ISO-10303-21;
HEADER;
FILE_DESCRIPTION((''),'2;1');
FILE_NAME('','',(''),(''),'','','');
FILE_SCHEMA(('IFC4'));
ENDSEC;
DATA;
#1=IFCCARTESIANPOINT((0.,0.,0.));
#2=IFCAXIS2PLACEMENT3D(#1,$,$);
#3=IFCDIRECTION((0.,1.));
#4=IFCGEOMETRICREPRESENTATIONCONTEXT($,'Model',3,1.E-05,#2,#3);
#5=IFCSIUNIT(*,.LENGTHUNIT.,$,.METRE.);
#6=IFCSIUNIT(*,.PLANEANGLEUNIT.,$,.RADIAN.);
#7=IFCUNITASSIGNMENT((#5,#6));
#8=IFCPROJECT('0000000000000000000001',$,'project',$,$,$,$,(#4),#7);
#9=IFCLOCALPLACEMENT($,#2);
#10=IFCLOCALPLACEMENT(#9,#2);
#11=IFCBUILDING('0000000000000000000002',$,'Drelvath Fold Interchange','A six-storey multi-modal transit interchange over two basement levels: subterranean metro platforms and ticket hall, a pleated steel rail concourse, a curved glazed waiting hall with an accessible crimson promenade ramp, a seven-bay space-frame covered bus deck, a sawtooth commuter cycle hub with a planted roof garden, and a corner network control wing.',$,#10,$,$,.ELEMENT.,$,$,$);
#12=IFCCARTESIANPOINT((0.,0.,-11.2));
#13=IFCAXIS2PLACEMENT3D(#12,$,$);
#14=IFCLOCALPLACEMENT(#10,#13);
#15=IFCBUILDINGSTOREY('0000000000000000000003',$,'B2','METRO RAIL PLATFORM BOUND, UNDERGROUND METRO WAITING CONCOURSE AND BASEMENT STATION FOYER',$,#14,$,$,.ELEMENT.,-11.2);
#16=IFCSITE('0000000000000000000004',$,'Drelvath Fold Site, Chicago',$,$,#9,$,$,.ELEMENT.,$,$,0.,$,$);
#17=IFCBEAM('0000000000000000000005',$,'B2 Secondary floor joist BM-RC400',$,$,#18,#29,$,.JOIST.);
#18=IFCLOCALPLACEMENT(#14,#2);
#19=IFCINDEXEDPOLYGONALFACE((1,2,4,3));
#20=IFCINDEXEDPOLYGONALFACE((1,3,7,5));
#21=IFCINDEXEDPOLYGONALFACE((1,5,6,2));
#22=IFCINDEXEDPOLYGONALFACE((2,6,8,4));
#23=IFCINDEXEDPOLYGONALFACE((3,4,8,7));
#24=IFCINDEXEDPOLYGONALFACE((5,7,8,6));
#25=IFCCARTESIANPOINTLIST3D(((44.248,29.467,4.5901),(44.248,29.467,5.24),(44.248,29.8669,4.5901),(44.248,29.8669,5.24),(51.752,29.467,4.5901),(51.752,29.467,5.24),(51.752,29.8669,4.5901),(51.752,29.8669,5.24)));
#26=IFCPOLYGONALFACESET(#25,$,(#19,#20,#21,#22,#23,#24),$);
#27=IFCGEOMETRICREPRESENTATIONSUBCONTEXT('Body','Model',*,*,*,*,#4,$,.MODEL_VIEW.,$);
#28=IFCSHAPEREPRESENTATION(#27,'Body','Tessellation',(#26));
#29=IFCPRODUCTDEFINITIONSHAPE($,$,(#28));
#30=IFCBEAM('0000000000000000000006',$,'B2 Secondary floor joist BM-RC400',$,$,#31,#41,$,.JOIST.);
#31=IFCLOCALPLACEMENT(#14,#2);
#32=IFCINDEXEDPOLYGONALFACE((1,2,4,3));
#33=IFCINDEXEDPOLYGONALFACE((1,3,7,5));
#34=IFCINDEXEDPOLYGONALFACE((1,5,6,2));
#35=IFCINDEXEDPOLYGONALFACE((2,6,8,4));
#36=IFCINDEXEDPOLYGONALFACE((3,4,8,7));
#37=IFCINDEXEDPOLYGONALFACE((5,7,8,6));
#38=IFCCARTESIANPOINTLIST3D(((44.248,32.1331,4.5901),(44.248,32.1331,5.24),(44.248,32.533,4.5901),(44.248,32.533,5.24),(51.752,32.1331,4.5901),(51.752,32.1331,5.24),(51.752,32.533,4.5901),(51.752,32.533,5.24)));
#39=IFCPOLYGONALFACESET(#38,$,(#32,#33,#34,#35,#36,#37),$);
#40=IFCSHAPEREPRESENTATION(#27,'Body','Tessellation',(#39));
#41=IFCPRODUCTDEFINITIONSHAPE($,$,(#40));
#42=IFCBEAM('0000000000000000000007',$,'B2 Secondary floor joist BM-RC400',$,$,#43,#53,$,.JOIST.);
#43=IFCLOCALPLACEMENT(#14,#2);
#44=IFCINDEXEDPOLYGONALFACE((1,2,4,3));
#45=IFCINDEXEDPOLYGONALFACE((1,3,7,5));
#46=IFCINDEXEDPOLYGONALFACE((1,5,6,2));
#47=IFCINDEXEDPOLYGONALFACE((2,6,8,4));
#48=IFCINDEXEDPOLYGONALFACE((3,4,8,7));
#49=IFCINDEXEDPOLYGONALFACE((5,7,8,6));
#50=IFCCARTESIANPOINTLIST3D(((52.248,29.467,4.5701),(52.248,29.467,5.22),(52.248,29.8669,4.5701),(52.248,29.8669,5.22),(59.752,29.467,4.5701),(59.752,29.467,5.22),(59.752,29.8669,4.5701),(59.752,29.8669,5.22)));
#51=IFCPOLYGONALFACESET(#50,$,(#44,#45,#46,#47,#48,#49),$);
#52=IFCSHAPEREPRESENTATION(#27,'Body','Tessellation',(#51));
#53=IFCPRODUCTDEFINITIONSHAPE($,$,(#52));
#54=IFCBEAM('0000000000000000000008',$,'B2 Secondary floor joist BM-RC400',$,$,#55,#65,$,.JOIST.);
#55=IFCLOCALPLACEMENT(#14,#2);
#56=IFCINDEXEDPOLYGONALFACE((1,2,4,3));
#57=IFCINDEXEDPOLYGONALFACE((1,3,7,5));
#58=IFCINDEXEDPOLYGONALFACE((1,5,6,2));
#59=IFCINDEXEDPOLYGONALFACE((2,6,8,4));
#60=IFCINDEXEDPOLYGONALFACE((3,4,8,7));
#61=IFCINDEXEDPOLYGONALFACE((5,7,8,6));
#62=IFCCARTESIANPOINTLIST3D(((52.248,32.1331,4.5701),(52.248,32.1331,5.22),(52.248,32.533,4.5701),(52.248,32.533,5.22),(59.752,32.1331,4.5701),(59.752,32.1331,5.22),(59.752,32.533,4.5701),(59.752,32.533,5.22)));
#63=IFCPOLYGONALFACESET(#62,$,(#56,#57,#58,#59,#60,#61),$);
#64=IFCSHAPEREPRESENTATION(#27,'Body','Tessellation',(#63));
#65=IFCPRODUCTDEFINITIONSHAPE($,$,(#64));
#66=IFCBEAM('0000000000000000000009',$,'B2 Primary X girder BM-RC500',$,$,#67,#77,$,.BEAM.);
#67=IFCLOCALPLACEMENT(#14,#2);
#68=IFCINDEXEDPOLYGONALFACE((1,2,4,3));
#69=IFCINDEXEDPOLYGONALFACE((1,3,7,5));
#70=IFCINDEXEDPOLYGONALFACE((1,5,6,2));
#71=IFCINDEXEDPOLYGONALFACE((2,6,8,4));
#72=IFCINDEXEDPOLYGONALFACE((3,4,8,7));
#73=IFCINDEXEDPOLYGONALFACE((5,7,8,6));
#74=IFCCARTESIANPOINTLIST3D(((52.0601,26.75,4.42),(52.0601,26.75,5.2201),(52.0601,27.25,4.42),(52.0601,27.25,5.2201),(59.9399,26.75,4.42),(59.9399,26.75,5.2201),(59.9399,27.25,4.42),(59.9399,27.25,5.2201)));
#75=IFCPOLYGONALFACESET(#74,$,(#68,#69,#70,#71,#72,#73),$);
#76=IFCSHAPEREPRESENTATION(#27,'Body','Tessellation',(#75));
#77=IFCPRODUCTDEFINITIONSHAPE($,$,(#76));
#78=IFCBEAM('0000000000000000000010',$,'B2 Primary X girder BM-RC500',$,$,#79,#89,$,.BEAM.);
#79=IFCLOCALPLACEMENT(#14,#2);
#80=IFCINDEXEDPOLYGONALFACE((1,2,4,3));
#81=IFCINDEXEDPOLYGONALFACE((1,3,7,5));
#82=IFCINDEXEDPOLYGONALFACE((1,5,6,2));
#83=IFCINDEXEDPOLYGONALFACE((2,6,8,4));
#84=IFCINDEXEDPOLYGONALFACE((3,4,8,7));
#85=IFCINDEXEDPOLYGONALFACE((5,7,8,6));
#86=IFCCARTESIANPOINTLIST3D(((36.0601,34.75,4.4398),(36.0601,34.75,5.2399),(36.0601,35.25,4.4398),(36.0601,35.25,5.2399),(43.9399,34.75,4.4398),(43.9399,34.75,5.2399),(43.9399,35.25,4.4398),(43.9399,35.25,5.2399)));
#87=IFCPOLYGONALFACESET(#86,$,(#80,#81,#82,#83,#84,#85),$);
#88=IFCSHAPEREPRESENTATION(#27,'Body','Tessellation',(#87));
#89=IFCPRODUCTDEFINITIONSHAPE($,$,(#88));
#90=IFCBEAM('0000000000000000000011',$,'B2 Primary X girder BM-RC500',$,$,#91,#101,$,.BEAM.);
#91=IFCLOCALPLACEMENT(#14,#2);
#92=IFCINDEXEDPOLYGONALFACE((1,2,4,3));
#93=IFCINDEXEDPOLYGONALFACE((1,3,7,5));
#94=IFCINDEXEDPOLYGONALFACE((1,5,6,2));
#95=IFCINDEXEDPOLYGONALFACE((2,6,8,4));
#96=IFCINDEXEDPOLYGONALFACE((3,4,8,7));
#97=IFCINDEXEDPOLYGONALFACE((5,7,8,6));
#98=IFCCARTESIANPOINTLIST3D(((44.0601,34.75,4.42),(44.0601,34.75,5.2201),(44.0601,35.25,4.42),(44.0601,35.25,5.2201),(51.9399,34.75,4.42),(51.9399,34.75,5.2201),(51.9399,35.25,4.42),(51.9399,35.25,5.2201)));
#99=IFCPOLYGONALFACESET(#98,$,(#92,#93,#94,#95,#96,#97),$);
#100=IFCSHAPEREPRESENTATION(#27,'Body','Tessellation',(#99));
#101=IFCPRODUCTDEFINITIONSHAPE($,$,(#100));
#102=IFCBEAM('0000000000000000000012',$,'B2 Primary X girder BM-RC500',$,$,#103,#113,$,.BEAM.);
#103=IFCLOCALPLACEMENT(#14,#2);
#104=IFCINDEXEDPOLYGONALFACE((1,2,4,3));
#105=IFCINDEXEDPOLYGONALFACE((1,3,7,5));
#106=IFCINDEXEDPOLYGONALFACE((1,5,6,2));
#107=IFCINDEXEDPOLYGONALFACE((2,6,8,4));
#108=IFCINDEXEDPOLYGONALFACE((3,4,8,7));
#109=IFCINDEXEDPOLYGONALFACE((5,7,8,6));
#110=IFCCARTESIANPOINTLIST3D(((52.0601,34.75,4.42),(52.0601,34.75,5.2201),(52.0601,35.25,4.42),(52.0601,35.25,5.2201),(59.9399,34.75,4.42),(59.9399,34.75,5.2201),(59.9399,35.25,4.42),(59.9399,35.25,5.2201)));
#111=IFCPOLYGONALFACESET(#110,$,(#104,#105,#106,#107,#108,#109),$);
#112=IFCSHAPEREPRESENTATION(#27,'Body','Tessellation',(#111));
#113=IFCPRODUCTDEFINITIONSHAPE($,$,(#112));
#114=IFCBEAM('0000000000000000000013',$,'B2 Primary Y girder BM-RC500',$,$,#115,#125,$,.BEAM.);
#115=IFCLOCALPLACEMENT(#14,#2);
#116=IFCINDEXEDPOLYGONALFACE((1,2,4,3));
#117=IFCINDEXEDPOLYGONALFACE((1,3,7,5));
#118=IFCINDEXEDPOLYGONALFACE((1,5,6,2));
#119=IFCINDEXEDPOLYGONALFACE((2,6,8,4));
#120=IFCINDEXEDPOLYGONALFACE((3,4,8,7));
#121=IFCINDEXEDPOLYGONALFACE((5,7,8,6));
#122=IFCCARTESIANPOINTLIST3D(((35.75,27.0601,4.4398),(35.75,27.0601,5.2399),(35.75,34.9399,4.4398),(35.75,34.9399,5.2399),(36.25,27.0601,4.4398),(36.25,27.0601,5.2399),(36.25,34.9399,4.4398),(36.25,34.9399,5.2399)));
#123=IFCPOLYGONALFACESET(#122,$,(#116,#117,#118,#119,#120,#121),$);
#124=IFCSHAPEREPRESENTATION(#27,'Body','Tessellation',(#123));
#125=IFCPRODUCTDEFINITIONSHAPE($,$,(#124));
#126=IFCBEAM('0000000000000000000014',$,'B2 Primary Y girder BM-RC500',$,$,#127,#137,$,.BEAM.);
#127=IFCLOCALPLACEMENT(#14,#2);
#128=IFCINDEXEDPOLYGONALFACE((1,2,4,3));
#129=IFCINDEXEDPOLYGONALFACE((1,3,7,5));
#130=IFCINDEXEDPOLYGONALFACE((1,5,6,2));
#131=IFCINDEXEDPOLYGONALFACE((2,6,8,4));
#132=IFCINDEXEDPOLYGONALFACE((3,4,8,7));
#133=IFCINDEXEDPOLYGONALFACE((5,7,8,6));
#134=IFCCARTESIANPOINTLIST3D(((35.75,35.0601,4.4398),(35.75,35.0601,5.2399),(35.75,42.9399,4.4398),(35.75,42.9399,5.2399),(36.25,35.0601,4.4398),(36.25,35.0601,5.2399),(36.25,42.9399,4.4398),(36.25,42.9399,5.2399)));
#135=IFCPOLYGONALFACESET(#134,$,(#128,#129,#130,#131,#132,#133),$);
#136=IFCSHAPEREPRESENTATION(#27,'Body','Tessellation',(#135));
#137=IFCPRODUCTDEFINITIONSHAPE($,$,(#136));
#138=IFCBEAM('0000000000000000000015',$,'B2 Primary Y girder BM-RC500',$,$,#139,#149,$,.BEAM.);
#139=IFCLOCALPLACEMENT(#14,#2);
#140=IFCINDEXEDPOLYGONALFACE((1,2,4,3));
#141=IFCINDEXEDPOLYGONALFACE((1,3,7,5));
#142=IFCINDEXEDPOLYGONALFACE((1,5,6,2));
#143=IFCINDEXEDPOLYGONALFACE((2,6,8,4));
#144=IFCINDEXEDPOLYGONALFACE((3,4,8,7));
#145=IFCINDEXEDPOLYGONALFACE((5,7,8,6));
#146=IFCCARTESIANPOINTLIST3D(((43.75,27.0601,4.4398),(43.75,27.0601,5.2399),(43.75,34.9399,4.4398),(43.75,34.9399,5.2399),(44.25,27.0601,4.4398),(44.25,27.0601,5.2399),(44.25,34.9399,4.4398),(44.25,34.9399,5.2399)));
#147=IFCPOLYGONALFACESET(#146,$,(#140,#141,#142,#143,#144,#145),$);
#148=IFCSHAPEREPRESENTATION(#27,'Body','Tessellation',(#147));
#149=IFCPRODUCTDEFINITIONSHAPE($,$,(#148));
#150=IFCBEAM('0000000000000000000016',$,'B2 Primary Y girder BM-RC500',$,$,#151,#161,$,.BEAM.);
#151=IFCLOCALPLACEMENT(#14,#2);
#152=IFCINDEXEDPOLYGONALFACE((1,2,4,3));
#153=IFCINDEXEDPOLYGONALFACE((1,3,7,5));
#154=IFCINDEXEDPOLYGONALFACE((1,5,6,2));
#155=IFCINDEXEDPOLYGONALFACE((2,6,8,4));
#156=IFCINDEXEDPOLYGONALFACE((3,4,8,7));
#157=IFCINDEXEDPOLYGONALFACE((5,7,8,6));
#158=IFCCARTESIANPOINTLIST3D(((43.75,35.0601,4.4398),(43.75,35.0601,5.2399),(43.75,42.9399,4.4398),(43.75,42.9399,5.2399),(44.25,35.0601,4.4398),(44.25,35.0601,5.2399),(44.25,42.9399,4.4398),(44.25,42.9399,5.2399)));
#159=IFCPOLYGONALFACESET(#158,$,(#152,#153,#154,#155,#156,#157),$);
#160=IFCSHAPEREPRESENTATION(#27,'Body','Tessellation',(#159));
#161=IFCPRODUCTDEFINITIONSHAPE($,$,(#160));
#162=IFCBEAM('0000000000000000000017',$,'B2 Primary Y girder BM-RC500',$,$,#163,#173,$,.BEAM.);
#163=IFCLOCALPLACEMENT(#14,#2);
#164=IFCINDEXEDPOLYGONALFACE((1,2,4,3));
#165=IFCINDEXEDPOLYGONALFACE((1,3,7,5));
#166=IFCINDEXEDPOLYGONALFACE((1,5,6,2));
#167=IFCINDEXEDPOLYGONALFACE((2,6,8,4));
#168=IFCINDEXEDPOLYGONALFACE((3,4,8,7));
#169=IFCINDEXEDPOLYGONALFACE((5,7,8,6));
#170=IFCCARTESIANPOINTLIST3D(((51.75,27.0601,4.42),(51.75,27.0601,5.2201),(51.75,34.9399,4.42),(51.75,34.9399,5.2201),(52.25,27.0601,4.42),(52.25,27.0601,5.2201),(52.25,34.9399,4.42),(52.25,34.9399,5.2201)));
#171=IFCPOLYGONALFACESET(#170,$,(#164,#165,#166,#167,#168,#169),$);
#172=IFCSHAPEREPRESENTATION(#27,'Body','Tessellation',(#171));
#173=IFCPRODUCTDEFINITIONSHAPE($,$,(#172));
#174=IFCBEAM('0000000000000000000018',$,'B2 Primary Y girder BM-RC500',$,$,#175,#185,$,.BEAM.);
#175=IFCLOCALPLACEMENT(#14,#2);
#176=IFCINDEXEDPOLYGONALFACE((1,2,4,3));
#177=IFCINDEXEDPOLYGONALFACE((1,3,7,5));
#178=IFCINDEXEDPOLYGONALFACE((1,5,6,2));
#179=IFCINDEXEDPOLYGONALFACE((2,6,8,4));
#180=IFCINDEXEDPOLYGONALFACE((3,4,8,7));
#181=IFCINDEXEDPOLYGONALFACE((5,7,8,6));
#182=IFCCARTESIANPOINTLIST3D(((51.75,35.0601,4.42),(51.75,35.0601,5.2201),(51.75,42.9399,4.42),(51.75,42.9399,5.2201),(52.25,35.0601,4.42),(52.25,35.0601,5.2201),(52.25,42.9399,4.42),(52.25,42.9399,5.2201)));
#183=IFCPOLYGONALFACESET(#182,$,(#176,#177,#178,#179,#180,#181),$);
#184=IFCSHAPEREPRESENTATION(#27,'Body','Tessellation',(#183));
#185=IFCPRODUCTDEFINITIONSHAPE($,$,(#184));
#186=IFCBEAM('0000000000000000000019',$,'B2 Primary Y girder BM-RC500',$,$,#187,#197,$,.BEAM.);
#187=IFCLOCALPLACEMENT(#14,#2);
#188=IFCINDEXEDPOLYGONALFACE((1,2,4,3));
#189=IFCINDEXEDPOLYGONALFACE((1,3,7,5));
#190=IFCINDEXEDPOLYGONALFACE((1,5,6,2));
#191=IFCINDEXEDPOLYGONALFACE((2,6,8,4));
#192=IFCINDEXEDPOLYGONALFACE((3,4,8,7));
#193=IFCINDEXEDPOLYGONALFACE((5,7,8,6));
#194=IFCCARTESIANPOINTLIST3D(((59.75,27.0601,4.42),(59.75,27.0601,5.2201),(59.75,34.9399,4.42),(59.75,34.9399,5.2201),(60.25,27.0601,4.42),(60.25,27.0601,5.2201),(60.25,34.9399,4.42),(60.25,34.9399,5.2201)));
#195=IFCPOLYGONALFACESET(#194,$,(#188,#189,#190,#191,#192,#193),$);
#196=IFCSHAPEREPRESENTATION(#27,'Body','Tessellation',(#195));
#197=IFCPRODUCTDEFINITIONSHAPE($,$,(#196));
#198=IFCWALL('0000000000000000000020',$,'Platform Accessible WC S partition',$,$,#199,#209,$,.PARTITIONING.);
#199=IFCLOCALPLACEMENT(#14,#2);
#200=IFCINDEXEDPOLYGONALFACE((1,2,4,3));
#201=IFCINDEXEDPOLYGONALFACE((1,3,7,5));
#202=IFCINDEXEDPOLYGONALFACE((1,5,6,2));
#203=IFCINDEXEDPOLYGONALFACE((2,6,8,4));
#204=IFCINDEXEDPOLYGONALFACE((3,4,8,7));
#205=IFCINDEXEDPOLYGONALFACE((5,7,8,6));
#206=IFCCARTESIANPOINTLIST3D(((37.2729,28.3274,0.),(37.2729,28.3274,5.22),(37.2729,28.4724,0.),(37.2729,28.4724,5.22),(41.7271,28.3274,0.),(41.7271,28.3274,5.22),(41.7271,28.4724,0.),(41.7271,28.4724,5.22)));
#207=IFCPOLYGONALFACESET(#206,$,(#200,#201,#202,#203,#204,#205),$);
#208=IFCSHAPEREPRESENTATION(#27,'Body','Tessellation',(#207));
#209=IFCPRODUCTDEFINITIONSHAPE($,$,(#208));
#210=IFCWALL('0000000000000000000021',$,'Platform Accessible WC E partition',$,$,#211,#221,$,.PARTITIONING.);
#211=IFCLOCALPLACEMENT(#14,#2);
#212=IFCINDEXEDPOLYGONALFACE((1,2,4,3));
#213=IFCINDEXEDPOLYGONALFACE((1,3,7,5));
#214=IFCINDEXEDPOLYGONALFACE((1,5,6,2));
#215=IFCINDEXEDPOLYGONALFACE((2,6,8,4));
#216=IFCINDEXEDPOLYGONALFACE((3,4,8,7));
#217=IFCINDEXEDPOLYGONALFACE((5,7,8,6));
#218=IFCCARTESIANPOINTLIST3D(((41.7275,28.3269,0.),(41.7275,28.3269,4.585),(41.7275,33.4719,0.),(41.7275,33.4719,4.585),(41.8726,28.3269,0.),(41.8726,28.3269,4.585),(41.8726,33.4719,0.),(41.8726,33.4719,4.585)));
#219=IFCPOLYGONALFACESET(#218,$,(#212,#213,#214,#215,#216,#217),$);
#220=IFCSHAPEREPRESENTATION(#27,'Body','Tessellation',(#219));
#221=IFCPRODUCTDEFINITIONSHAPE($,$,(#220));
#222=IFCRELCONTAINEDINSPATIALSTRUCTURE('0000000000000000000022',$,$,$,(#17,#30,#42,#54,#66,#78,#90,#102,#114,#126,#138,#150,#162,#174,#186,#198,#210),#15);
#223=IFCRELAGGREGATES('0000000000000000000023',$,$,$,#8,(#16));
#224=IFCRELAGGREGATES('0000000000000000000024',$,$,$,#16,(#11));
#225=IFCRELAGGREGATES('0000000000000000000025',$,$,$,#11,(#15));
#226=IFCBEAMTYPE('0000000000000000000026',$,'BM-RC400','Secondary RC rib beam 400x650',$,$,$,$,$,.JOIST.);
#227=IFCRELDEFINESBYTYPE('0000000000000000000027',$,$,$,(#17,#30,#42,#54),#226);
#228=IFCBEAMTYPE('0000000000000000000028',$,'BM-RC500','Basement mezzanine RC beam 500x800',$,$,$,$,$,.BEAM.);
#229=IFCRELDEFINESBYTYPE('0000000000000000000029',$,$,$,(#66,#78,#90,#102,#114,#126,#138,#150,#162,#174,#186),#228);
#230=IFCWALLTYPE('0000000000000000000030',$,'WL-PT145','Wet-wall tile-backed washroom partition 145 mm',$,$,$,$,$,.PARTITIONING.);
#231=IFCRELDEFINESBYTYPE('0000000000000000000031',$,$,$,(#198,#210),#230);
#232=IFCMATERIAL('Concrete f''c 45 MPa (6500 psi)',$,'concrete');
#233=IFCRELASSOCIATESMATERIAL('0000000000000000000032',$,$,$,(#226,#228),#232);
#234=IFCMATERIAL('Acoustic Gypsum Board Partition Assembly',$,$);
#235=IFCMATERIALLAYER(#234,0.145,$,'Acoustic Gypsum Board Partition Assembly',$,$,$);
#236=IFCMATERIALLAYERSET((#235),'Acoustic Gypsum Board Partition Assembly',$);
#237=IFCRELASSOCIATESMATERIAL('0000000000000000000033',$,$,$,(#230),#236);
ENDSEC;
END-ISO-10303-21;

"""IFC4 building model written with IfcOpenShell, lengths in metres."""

from ifc_helpers import new_model, si_unit, direction, frame, frame_2d, origin, origin_2d, place, context, subcontext, project, spatial, rectangle, extrude, material, layer, layer_set, material_profile, profile_set, type_object, element, save


model = new_model("IFC4")

# Units and contexts
model_context = context("Model", 3, precision=1e-05, world=origin(), true_north=direction((0.0, 1.0)))
body_context = subcontext(model_context, "Body", "Model", "MODEL_VIEW")
ifc_project = project(units=[si_unit("LENGTHUNIT", "METRE"), si_unit("PLANEANGLEUNIT", "RADIAN")], contexts=[model_context])

# Site, building, storey
site_placement = place(None, origin())
site = spatial("IfcSite", under=ifc_project, at=site_placement, Name="Drelvath Fold Site, Chicago", CompositionType="ELEMENT", RefElevation=0.0)
building_placement = place(site_placement, origin())
building = spatial("IfcBuilding", under=site, at=building_placement, Name="Drelvath Fold Interchange", Description="A six-storey multi-modal transit interchange over two basement levels: subterranean metro platforms and ticket hall, a pleated steel rail concourse, a curved glazed waiting hall with an accessible crimson promenade ramp, a seven-bay space-frame covered bus deck, a sawtooth commuter cycle hub with a planted roof garden, and a corner network control wing.", CompositionType="ELEMENT")
storey_placement = place(building_placement, frame((0.0, 0.0, -11.2)))
storey = spatial("IfcBuildingStorey", under=building, at=storey_placement, Name="B2", Description="METRO RAIL PLATFORM BOUND, UNDERGROUND METRO WAITING CONCOURSE AND BASEMENT STATION FOYER", CompositionType="ELEMENT", Elevation=-11.2)

# Beams
ifc_material_1 = material(Name="Concrete f'c 45 MPa (6500 psi)", Category="concrete")
ifc_material_profile_1 = material_profile(ifc_material_1, rectangle(XDim=0.3999, YDim=0.6499, at=origin_2d()), Name="RC 400x650")
ifc_profile_set_1 = profile_set([ifc_material_profile_1], Name="Concrete f'c 45 MPa (6500 psi)")
beam_type_1 = type_object("IfcBeamType", Name="BM-RC400", Description="Secondary RC rib beam 400x650", PredefinedType="JOIST", material=ifc_profile_set_1)
for number, where, z_axis, x_axis, name in (
    (1, (44.248, 29.667, 4.915), (1.0, 0.0, 0.0), (0.0, 1.0, 0.0), "B2 Secondary floor joist BM-RC400"),
    (2, (44.248, 32.333, 4.915), (1.0, 0.0, 0.0), (0.0, 1.0, 0.0), "B2 Secondary floor joist BM-RC400"),
    (3, (52.248, 29.667, 4.895), (1.0, 0.0, 0.0), (0.0, 1.0, 0.0), "B2 Secondary floor joist BM-RC400"),
    (4, (52.248, 32.333, 4.895), (1.0, 0.0, 0.0), (0.0, 1.0, 0.0), "B2 Secondary floor joist BM-RC400"),
):
    element("IfcBeam", number, at=place(storey_placement, frame(where, z_axis=z_axis, x_axis=x_axis)), inside=storey, type_object=beam_type_1, Name=name, PredefinedType="JOIST", context=body_context, shape_type="SweptSolid", body=[
        extrude(rectangle(XDim=0.3999, YDim=0.6499, at=origin_2d()), origin(), (0.0, 0.0, 1.0), 7.5039),
    ])
ifc_material_profile_2 = material_profile(ifc_material_1, rectangle(XDim=0.5, YDim=0.8, at=origin_2d()), Name="RC 500x800")
ifc_profile_set_2 = profile_set([ifc_material_profile_2], Name="Concrete f'c 45 MPa (6500 psi)")
beam_type_2 = type_object("IfcBeamType", Name="BM-RC500", Description="Basement mezzanine RC beam 500x800", PredefinedType="BEAM", material=ifc_profile_set_2)
for number, where, z_axis, x_axis, name in (
    (5, (52.0601, 27.0, 4.8201), (1.0, 0.0, 0.0), (0.0, 1.0, 0.0), "B2 Primary X girder BM-RC500"),
    (6, (36.0601, 35.0, 4.8398), (1.0, 0.0, 0.0), (0.0, 1.0, 0.0), "B2 Primary X girder BM-RC500"),
    (7, (44.0601, 35.0, 4.8201), (1.0, 0.0, 0.0), (0.0, 1.0, 0.0), "B2 Primary X girder BM-RC500"),
    (8, (52.0601, 35.0, 4.8201), (1.0, 0.0, 0.0), (0.0, 1.0, 0.0), "B2 Primary X girder BM-RC500"),
    (9, (36.0, 27.0601, 4.8398), (0.0, 1.0, 0.0), (-1.0, 0.0, 0.0), "B2 Primary Y girder BM-RC500"),
    (10, (36.0, 35.0601, 4.8398), (0.0, 1.0, 0.0), (-1.0, 0.0, 0.0), "B2 Primary Y girder BM-RC500"),
    (11, (44.0, 27.0601, 4.8398), (0.0, 1.0, 0.0), (-1.0, 0.0, 0.0), "B2 Primary Y girder BM-RC500"),
    (12, (44.0, 35.0601, 4.8398), (0.0, 1.0, 0.0), (-1.0, 0.0, 0.0), "B2 Primary Y girder BM-RC500"),
    (13, (52.0, 27.0601, 4.8201), (0.0, 1.0, 0.0), (-1.0, 0.0, 0.0), "B2 Primary Y girder BM-RC500"),
    (14, (52.0, 35.0601, 4.8201), (0.0, 1.0, 0.0), (-1.0, 0.0, 0.0), "B2 Primary Y girder BM-RC500"),
    (15, (60.0, 27.0601, 4.8201), (0.0, 1.0, 0.0), (-1.0, 0.0, 0.0), "B2 Primary Y girder BM-RC500"),
):
    element("IfcBeam", number, at=place(storey_placement, frame(where, z_axis=z_axis, x_axis=x_axis)), inside=storey, type_object=beam_type_2, Name=name, PredefinedType="BEAM", context=body_context, shape_type="SweptSolid", body=[
        extrude(rectangle(XDim=0.5, YDim=0.8, at=origin_2d()), origin(), (0.0, 0.0, 1.0), 7.8799),
    ])

# Walls
ifc_material_2 = material(Name="Acoustic Gypsum Board Partition Assembly")
ifc_layer = layer(ifc_material_2, 0.145, Name="Acoustic Gypsum Board Partition Assembly")
ifc_layer_set = layer_set([ifc_layer], Name="Acoustic Gypsum Board Partition Assembly")
wall_type = type_object("IfcWallType", Name="WL-PT145", Description="Wet-wall tile-backed washroom partition 145 mm", PredefinedType="PARTITIONING", material=ifc_layer_set)
wall_1_placement = place(storey_placement, frame((37.2729, 28.3999, 0.0), z_axis=(0.0, 0.0, 1.0), x_axis=(1.0, 0.0, 0.0)))
element("IfcWall", 16, at=wall_1_placement, inside=storey, type_object=wall_type, Name="Platform Accessible WC S partition", PredefinedType="PARTITIONING", context=body_context, shape_type="SweptSolid", body=[
    extrude(rectangle(XDim=4.4541, YDim=0.145, at=frame_2d((2.2271, 0.0))), origin(), (0.0, 0.0, 1.0), 5.22),
])
wall_2_placement = place(storey_placement, frame((41.8, 28.3269, 0.0), z_axis=(0.0, 0.0, 1.0), x_axis=(0.0, 1.0, 0.0)))
element("IfcWall", 17, at=wall_2_placement, inside=storey, type_object=wall_type, Name="Platform Accessible WC E partition", PredefinedType="PARTITIONING", context=body_context, shape_type="SweptSolid", body=[
    extrude(rectangle(XDim=5.145, YDim=0.145, at=frame_2d((2.5725, 0.0))), origin(), (0.0, 0.0, 1.0), 4.585),
])

save(model, "model.ifc")
